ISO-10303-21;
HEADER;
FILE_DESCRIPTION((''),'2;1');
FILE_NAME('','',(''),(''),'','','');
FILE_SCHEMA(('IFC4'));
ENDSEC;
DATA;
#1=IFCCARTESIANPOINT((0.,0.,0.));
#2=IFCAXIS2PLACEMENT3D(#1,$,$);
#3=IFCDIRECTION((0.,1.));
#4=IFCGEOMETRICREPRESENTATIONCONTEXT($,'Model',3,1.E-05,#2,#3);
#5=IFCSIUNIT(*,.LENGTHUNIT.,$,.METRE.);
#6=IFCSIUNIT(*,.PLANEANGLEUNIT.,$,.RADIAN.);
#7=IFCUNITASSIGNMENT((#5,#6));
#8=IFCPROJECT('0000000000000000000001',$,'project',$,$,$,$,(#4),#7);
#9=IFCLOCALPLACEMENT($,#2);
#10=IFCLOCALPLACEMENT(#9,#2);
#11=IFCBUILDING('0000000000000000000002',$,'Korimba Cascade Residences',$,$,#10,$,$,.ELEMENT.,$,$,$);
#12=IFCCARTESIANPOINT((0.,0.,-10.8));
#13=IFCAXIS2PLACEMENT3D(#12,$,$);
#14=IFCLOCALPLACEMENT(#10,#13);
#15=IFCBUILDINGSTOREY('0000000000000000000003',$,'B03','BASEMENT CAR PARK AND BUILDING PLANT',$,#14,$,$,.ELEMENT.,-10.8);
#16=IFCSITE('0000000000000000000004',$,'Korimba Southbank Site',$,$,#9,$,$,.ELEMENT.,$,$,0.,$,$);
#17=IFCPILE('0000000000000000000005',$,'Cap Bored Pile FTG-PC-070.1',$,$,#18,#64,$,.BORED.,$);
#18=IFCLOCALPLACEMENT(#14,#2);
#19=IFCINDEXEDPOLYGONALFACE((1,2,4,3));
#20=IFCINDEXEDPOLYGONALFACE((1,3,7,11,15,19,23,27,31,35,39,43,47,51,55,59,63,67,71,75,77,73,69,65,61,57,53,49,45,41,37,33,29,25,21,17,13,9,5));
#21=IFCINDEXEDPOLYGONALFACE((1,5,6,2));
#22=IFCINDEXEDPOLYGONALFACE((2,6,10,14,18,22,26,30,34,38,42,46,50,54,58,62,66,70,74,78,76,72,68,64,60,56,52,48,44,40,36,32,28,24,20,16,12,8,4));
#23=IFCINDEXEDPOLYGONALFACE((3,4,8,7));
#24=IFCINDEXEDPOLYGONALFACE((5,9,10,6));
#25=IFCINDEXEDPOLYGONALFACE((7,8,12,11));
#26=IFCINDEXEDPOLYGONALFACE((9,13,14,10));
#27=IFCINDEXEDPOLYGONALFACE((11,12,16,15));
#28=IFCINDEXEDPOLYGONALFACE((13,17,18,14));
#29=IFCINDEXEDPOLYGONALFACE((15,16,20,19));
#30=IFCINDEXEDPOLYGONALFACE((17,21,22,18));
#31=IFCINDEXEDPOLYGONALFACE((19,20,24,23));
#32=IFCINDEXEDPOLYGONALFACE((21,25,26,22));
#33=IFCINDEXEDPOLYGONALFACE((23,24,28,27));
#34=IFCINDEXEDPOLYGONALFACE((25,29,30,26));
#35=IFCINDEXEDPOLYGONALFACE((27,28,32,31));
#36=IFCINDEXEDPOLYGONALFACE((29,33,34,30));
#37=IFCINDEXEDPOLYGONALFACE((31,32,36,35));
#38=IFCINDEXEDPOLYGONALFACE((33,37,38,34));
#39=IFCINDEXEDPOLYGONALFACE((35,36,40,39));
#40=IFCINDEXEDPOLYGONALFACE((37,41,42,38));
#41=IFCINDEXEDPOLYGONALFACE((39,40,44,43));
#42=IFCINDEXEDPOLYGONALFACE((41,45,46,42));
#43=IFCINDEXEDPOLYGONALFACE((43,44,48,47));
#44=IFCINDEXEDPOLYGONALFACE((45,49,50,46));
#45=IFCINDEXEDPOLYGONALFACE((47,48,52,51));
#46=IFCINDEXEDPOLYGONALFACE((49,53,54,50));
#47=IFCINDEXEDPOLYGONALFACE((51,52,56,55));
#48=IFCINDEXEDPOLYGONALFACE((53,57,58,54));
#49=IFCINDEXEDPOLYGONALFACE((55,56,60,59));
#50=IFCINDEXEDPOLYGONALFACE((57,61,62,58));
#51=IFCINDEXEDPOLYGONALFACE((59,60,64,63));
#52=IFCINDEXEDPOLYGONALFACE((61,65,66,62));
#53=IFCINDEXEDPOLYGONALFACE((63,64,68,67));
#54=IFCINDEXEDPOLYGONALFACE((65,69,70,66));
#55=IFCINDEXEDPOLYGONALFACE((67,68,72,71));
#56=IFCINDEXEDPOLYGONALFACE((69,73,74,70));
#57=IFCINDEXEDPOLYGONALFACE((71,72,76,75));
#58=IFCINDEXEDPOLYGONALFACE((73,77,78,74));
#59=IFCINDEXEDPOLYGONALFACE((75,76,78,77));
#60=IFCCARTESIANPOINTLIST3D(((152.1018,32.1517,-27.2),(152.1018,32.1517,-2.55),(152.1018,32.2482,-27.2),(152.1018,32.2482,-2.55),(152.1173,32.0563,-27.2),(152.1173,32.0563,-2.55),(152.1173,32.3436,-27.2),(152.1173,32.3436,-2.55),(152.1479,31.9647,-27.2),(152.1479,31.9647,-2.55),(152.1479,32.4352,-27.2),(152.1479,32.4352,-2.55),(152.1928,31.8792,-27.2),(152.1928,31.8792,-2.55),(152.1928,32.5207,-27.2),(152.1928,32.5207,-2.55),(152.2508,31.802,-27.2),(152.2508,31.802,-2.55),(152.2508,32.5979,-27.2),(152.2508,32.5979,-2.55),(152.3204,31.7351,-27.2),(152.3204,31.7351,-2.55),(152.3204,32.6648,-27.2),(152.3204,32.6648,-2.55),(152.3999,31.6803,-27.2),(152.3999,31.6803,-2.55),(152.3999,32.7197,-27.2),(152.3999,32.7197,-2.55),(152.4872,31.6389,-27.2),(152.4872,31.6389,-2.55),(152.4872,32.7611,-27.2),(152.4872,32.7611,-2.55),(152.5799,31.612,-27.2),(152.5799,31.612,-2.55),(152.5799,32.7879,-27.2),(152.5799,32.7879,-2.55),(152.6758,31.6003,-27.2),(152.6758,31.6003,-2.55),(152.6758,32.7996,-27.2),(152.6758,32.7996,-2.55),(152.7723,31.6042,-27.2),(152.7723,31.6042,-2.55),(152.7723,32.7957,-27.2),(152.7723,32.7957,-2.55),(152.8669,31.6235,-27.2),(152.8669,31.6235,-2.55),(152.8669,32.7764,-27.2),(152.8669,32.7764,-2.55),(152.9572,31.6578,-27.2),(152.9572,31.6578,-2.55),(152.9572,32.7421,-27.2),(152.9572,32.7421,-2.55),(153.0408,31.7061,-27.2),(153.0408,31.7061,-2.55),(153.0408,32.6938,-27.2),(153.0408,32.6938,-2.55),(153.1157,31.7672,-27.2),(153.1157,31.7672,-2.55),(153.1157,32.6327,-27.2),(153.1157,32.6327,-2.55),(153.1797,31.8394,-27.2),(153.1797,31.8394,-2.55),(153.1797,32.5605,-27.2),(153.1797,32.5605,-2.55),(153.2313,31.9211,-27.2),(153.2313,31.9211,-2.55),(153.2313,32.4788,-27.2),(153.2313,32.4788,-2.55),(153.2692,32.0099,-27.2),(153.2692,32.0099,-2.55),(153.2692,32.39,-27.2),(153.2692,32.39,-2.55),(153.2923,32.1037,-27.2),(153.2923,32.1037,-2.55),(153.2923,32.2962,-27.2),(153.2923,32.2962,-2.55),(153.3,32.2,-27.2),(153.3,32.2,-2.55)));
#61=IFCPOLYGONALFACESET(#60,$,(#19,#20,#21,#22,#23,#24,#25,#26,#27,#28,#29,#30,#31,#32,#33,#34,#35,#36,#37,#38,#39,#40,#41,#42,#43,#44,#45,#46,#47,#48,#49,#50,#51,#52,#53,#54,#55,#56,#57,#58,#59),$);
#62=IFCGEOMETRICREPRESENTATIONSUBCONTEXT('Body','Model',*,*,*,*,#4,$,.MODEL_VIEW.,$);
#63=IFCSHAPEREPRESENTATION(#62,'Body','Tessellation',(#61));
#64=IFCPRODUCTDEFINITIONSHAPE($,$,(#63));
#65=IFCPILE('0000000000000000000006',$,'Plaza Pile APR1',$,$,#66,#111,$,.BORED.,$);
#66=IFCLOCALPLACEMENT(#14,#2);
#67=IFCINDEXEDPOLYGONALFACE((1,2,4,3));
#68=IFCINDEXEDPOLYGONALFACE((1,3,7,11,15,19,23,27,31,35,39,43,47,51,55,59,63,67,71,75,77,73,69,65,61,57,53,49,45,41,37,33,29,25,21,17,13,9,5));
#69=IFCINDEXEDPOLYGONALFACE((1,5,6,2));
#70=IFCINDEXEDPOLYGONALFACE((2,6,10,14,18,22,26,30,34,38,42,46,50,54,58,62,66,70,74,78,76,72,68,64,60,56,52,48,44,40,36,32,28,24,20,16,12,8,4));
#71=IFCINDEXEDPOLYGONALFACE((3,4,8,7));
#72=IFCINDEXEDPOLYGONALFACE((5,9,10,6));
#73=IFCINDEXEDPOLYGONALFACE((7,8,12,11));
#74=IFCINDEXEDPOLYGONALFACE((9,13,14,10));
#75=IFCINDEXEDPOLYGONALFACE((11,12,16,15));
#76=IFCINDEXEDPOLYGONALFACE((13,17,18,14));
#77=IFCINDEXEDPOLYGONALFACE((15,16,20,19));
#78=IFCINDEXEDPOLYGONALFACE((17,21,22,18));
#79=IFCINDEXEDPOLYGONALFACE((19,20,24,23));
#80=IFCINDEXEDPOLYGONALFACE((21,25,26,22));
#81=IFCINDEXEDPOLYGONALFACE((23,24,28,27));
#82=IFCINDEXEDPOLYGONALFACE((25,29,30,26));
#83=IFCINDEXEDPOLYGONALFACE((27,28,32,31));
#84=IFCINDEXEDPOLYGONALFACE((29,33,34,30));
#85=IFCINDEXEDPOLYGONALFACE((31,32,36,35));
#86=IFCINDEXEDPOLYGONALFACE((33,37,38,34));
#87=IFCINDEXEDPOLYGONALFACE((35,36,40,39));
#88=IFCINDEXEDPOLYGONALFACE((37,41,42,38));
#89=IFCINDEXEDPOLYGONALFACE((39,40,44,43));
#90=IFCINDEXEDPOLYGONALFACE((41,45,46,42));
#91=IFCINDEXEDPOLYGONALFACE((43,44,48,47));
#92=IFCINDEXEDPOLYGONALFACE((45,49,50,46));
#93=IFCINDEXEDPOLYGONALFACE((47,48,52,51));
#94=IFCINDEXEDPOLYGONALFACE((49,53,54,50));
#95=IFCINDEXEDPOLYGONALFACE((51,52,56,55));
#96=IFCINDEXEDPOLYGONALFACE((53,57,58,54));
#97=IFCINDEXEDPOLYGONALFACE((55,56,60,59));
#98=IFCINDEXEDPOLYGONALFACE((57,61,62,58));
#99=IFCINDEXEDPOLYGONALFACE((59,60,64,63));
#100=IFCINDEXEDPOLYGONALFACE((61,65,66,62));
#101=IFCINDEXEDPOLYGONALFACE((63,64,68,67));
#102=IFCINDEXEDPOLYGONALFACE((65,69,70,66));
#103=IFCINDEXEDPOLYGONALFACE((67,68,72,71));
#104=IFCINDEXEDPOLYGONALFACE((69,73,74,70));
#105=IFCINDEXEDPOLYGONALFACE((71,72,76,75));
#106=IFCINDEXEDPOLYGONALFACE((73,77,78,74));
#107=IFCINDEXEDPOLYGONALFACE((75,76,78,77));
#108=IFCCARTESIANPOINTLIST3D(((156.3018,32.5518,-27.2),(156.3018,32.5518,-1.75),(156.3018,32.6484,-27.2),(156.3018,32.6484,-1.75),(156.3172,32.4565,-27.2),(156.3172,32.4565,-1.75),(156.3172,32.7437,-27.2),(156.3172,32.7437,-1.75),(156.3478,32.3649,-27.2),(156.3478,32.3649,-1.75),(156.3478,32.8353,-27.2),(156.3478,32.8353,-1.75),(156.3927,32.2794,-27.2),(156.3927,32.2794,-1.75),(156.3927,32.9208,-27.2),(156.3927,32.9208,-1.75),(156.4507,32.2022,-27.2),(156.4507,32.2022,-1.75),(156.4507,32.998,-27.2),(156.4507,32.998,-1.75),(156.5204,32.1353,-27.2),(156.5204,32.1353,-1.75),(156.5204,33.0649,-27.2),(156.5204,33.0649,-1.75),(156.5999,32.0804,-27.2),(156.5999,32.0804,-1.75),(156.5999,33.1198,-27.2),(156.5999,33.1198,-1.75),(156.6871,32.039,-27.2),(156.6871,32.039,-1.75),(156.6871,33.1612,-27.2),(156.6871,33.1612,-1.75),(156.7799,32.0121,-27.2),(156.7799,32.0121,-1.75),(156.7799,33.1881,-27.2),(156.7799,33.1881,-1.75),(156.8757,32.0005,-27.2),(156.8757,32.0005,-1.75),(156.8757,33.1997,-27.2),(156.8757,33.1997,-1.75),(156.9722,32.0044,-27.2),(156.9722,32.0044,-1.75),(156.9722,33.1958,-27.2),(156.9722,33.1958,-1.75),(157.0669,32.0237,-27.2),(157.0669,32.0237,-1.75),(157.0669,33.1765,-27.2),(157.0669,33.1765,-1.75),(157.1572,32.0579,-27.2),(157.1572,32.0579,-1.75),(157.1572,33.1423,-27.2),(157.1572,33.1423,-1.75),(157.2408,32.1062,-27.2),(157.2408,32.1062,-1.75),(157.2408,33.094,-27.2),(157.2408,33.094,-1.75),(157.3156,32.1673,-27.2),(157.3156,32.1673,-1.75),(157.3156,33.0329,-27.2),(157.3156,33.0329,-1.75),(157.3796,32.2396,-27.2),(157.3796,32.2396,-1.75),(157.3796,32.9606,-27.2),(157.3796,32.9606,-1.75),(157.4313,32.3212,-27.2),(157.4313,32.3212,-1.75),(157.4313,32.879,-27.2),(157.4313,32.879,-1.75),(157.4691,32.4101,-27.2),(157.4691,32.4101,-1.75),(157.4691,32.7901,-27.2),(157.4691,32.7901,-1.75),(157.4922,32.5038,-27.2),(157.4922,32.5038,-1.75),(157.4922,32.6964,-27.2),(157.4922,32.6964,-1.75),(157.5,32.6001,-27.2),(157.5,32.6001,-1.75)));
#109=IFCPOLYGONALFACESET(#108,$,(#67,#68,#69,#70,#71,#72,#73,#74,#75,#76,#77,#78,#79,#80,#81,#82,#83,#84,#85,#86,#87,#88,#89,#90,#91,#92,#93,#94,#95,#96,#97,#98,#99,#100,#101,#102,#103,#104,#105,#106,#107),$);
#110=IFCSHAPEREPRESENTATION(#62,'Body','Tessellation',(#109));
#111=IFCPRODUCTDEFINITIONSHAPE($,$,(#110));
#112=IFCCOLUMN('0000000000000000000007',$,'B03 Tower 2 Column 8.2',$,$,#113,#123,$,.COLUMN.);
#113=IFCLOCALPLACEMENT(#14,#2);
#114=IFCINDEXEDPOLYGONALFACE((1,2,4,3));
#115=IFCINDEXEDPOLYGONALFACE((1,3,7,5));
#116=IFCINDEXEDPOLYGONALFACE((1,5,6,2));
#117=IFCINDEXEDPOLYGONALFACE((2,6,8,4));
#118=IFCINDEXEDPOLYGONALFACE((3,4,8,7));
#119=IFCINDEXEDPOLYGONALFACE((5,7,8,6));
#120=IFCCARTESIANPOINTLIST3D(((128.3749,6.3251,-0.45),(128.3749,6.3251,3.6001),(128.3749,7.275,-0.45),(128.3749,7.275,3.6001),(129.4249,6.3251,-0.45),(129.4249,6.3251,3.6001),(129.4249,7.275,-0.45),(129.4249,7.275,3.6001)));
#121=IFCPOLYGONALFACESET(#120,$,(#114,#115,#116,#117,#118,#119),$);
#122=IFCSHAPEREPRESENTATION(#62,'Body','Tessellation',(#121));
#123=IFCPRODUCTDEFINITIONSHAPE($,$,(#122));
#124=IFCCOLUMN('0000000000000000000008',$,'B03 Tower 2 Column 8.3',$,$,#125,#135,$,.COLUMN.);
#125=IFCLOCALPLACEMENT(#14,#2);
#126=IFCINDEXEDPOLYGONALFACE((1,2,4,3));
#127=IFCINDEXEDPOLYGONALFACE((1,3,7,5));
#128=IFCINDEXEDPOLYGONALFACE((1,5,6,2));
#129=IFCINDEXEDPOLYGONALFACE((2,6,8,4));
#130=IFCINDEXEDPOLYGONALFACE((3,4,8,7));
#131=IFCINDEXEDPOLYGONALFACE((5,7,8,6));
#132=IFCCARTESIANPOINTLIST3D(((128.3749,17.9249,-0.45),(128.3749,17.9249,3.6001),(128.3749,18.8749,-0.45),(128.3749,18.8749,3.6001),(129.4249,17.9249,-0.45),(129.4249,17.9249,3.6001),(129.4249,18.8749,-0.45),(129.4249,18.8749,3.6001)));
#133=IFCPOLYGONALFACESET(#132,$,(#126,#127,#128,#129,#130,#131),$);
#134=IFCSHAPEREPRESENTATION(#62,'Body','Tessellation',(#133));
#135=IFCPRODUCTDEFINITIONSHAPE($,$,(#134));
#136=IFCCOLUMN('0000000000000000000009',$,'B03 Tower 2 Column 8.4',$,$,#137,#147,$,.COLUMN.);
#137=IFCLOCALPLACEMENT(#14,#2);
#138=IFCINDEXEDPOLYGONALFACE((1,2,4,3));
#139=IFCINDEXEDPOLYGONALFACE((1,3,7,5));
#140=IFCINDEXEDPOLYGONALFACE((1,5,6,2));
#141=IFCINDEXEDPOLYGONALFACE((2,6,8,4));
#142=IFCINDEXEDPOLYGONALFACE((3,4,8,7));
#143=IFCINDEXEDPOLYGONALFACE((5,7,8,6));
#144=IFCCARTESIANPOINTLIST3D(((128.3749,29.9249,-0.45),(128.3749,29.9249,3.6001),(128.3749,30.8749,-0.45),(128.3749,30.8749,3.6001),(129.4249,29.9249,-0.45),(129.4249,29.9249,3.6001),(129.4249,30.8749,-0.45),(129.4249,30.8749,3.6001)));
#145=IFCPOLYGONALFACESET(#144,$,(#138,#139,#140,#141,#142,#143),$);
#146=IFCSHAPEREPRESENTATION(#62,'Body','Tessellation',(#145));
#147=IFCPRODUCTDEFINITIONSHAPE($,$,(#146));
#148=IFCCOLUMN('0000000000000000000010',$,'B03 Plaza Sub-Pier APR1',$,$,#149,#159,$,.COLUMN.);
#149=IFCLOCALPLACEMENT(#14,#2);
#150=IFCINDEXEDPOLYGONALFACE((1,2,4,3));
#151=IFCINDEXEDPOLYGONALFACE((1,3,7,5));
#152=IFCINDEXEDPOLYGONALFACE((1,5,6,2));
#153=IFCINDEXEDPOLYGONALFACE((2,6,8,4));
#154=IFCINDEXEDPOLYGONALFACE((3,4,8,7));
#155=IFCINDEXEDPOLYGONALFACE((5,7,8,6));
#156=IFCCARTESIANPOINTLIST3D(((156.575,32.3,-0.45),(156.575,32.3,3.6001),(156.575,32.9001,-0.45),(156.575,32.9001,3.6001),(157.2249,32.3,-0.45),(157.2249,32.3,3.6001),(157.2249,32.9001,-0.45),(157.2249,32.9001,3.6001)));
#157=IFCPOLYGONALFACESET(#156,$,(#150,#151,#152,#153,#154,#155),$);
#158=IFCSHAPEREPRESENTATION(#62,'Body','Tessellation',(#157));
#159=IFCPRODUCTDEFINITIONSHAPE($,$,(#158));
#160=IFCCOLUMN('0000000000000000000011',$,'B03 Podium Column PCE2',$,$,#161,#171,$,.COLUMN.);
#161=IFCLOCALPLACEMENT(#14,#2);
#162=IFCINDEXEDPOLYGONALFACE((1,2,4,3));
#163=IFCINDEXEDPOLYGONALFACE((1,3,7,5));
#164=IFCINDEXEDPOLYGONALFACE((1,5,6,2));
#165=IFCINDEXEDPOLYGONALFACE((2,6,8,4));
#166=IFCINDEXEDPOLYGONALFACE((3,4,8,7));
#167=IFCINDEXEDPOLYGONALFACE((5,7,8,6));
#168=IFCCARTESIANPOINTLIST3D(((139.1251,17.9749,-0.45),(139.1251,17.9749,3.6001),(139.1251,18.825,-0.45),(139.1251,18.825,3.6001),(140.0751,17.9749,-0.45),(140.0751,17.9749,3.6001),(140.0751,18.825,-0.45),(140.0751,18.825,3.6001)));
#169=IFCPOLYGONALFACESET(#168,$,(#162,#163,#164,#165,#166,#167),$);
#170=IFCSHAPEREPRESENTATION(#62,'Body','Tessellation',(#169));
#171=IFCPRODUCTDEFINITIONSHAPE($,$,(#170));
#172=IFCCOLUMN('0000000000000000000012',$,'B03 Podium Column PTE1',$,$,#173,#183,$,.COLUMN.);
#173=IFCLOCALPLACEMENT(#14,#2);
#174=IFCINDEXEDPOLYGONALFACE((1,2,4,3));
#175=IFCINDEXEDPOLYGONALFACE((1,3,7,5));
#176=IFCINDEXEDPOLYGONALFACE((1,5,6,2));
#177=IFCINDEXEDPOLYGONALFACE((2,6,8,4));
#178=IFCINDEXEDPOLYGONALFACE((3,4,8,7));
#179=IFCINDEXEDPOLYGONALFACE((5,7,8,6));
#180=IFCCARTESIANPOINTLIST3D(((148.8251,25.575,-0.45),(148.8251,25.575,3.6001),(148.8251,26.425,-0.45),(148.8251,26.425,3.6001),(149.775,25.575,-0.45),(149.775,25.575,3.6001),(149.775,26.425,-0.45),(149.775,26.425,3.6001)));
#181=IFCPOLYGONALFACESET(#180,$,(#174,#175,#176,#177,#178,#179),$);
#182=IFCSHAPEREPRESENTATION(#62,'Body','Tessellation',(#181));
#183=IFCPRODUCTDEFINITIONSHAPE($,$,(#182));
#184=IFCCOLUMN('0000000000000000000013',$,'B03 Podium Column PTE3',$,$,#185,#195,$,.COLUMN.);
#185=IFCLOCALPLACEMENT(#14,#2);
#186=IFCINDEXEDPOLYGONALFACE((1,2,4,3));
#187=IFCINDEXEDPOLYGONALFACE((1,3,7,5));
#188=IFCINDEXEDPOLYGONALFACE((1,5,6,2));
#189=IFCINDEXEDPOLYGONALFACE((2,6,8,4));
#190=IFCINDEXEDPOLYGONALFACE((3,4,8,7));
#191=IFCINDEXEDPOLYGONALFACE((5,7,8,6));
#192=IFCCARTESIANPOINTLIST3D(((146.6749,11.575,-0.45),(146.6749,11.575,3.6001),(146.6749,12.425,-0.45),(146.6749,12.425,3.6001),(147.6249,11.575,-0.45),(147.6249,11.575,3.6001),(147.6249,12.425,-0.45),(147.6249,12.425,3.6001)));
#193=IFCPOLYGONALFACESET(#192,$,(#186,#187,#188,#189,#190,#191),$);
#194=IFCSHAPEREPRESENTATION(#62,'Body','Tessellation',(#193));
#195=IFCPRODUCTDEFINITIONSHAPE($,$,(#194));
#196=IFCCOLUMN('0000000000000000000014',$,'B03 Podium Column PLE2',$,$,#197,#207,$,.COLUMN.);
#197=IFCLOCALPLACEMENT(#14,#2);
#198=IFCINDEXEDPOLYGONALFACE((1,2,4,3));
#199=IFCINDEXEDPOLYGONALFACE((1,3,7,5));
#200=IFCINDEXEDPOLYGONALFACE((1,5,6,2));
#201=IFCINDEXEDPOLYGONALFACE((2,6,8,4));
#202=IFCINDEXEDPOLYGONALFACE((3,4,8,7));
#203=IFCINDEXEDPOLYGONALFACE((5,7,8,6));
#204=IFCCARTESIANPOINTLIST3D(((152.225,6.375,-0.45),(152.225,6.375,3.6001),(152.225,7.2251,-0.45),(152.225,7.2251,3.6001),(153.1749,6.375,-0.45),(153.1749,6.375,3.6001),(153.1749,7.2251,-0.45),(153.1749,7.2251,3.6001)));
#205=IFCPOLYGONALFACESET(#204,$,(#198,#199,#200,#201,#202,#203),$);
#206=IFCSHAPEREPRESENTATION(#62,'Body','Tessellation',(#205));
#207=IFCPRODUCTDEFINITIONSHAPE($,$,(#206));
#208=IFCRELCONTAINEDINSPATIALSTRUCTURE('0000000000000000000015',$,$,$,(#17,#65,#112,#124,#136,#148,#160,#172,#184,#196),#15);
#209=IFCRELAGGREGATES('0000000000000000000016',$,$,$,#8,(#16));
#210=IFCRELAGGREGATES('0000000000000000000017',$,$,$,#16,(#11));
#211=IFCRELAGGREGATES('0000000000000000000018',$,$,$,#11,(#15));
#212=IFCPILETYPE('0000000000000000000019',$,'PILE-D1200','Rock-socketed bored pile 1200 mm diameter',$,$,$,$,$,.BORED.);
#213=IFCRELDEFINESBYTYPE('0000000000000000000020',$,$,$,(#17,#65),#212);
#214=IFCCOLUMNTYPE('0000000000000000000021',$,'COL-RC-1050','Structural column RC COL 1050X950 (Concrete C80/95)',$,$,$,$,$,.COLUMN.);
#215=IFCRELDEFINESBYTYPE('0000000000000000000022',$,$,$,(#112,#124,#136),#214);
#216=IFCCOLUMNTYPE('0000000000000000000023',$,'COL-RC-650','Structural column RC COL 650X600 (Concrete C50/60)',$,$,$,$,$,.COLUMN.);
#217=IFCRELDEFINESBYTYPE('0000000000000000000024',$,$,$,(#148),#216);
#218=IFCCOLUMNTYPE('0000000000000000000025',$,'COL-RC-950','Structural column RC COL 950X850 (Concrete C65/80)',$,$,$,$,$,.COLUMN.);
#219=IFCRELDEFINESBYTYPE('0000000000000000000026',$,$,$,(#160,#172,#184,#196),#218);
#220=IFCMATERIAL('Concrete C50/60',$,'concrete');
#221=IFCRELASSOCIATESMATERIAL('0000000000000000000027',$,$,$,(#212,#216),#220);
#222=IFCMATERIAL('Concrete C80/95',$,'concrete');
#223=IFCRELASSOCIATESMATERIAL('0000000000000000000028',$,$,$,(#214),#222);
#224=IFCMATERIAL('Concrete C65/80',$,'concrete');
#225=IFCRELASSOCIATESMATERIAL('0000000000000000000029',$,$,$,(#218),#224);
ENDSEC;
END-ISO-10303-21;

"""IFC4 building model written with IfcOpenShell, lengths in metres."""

from ifc_helpers import new_model, si_unit, direction, frame, origin, origin_2d, place, context, subcontext, project, spatial, rectangle, circle, extrude, material, material_profile, profile_set, type_object, element, save


model = new_model("IFC4")

# Units and contexts
model_context = context("Model", 3, precision=1e-05, world=origin(), true_north=direction((0.0, 1.0)))
body_context = subcontext(model_context, "Body", "Model", "MODEL_VIEW")
ifc_project = project(units=[si_unit("LENGTHUNIT", "METRE"), si_unit("PLANEANGLEUNIT", "RADIAN")], contexts=[model_context])

# Site, building, storey
site_placement = place(None, origin())
site = spatial("IfcSite", under=ifc_project, at=site_placement, Name="Korimba Southbank Site", CompositionType="ELEMENT", RefElevation=0.0)
building_placement = place(site_placement, origin())
building = spatial("IfcBuilding", under=site, at=building_placement, Name="Korimba Cascade Residences", CompositionType="ELEMENT")
storey_placement = place(building_placement, frame((0.0, 0.0, -10.8)))
storey = spatial("IfcBuildingStorey", under=building, at=storey_placement, Name="B03", Description="BASEMENT CAR PARK AND BUILDING PLANT", CompositionType="ELEMENT", Elevation=-10.8)

# Piles
ifc_material_1 = material(Name="Concrete C50/60", Category="concrete")
ifc_material_profile_1 = material_profile(ifc_material_1, circle(Radius=0.6001, at=origin_2d()), Name="Concrete C50/60")
ifc_profile_set_1 = profile_set([ifc_material_profile_1], Name="Concrete C50/60")
pile_type = type_object("IfcPileType", Name="PILE-D1200", Description="Rock-socketed bored pile 1200 mm diameter", PredefinedType="BORED", material=ifc_profile_set_1)
for number, where, z_axis, x_axis, name in (
    (1, (152.7, 32.2, -2.55), (0.0, 0.0, -1.0), (1.0, 0.0, 0.0), "Cap Bored Pile FTG-PC-070.1"),
):
    element("IfcPile", number, at=place(storey_placement, frame(where, z_axis=z_axis, x_axis=x_axis)), inside=storey, type_object=pile_type, Name=name, PredefinedType="BORED", context=body_context, shape_type="SweptSolid", body=[
        extrude(circle(Radius=0.6001, at=origin_2d()), origin(), (0.0, 0.0, 1.0), 24.6499),
    ])
pile_placement = place(storey_placement, frame((156.8999, 32.6001, -1.75), z_axis=(0.0, 0.0, -1.0), x_axis=(1.0, 0.0, 0.0)))
element("IfcPile", 2, at=pile_placement, inside=storey, type_object=pile_type, Name="Plaza Pile APR1", PredefinedType="BORED", context=body_context, shape_type="SweptSolid", body=[
    extrude(circle(Radius=0.6001, at=origin_2d()), origin(), (0.0, 0.0, 1.0), 25.45),
])

# Columns
ifc_material_2 = material(Name="Concrete C80/95", Category="concrete")
ifc_material_profile_2 = material_profile(ifc_material_2, rectangle(XDim=1.05, YDim=0.95, at=origin_2d()), Name="Concrete C80/95")
ifc_profile_set_2 = profile_set([ifc_material_profile_2], Name="Concrete C80/95")
column_type_1 = type_object("IfcColumnType", Name="COL-RC-1050", Description="Structural column RC COL 1050X950 (Concrete C80/95)", PredefinedType="COLUMN", material=ifc_profile_set_2)
for number, where, z_axis, x_axis, name in (
    (3, (128.8999, 6.8, -0.45), (0.0, 0.0, 1.0), (1.0, 0.0, 0.0), "B03 Tower 2 Column 8.2"),
    (4, (128.8999, 18.3999, -0.45), (0.0, 0.0, 1.0), (1.0, 0.0, 0.0), "B03 Tower 2 Column 8.3"),
    (5, (128.8999, 30.3999, -0.45), (0.0, 0.0, 1.0), (1.0, 0.0, 0.0), "B03 Tower 2 Column 8.4"),
):
    element("IfcColumn", number, at=place(storey_placement, frame(where, z_axis=z_axis, x_axis=x_axis)), inside=storey, type_object=column_type_1, Name=name, PredefinedType="COLUMN", context=body_context, shape_type="SweptSolid", body=[
        extrude(rectangle(XDim=1.05, YDim=0.95, at=origin_2d()), origin(), (0.0, 0.0, 1.0), 4.05),
    ])
ifc_material_profile_3 = material_profile(ifc_material_1, rectangle(XDim=0.6499, YDim=0.6001, at=origin_2d()), Name="Concrete C50/60")
ifc_profile_set_3 = profile_set([ifc_material_profile_3], Name="Concrete C50/60")
column_type_2 = type_object("IfcColumnType", Name="COL-RC-650", Description="Structural column RC COL 650X600 (Concrete C50/60)", PredefinedType="COLUMN", material=ifc_profile_set_3)
column_placement = place(storey_placement, frame((156.8999, 32.6001, -0.45), z_axis=(0.0, 0.0, 1.0), x_axis=(1.0, 0.0, 0.0)))
element("IfcColumn", 6, at=column_placement, inside=storey, type_object=column_type_2, Name="B03 Plaza Sub-Pier APR1", PredefinedType="COLUMN", context=body_context, shape_type="SweptSolid", body=[
    extrude(rectangle(XDim=0.6499, YDim=0.6001, at=origin_2d()), origin(), (0.0, 0.0, 1.0), 4.05),
])
ifc_material_3 = material(Name="Concrete C65/80", Category="concrete")
ifc_material_profile_4 = material_profile(ifc_material_3, rectangle(XDim=0.95, YDim=0.8501, at=origin_2d()), Name="Concrete C65/80")
ifc_profile_set_4 = profile_set([ifc_material_profile_4], Name="Concrete C65/80")
column_type_3 = type_object("IfcColumnType", Name="COL-RC-950", Description="Structural column RC COL 950X850 (Concrete C65/80)", PredefinedType="COLUMN", material=ifc_profile_set_4)
for number, where, z_axis, x_axis, name in (
    (7, (139.6001, 18.3999, -0.45), (0.0, 0.0, 1.0), (1.0, 0.0, 0.0), "B03 Podium Column PCE2"),
    (8, (149.3, 26.0, -0.45), (0.0, 0.0, 1.0), (1.0, 0.0, 0.0), "B03 Podium Column PTE1"),
    (9, (147.1499, 12.0, -0.45), (0.0, 0.0, 1.0), (1.0, 0.0, 0.0), "B03 Podium Column PTE3"),
    (10, (152.7, 6.8, -0.45), (0.0, 0.0, 1.0), (1.0, 0.0, 0.0), "B03 Podium Column PLE2"),
):
    element("IfcColumn", number, at=place(storey_placement, frame(where, z_axis=z_axis, x_axis=x_axis)), inside=storey, type_object=column_type_3, Name=name, PredefinedType="COLUMN", context=body_context, shape_type="SweptSolid", body=[
        extrude(rectangle(XDim=0.95, YDim=0.8501, at=origin_2d()), origin(), (0.0, 0.0, 1.0), 4.05),
    ])

save(model, "model.ifc")
